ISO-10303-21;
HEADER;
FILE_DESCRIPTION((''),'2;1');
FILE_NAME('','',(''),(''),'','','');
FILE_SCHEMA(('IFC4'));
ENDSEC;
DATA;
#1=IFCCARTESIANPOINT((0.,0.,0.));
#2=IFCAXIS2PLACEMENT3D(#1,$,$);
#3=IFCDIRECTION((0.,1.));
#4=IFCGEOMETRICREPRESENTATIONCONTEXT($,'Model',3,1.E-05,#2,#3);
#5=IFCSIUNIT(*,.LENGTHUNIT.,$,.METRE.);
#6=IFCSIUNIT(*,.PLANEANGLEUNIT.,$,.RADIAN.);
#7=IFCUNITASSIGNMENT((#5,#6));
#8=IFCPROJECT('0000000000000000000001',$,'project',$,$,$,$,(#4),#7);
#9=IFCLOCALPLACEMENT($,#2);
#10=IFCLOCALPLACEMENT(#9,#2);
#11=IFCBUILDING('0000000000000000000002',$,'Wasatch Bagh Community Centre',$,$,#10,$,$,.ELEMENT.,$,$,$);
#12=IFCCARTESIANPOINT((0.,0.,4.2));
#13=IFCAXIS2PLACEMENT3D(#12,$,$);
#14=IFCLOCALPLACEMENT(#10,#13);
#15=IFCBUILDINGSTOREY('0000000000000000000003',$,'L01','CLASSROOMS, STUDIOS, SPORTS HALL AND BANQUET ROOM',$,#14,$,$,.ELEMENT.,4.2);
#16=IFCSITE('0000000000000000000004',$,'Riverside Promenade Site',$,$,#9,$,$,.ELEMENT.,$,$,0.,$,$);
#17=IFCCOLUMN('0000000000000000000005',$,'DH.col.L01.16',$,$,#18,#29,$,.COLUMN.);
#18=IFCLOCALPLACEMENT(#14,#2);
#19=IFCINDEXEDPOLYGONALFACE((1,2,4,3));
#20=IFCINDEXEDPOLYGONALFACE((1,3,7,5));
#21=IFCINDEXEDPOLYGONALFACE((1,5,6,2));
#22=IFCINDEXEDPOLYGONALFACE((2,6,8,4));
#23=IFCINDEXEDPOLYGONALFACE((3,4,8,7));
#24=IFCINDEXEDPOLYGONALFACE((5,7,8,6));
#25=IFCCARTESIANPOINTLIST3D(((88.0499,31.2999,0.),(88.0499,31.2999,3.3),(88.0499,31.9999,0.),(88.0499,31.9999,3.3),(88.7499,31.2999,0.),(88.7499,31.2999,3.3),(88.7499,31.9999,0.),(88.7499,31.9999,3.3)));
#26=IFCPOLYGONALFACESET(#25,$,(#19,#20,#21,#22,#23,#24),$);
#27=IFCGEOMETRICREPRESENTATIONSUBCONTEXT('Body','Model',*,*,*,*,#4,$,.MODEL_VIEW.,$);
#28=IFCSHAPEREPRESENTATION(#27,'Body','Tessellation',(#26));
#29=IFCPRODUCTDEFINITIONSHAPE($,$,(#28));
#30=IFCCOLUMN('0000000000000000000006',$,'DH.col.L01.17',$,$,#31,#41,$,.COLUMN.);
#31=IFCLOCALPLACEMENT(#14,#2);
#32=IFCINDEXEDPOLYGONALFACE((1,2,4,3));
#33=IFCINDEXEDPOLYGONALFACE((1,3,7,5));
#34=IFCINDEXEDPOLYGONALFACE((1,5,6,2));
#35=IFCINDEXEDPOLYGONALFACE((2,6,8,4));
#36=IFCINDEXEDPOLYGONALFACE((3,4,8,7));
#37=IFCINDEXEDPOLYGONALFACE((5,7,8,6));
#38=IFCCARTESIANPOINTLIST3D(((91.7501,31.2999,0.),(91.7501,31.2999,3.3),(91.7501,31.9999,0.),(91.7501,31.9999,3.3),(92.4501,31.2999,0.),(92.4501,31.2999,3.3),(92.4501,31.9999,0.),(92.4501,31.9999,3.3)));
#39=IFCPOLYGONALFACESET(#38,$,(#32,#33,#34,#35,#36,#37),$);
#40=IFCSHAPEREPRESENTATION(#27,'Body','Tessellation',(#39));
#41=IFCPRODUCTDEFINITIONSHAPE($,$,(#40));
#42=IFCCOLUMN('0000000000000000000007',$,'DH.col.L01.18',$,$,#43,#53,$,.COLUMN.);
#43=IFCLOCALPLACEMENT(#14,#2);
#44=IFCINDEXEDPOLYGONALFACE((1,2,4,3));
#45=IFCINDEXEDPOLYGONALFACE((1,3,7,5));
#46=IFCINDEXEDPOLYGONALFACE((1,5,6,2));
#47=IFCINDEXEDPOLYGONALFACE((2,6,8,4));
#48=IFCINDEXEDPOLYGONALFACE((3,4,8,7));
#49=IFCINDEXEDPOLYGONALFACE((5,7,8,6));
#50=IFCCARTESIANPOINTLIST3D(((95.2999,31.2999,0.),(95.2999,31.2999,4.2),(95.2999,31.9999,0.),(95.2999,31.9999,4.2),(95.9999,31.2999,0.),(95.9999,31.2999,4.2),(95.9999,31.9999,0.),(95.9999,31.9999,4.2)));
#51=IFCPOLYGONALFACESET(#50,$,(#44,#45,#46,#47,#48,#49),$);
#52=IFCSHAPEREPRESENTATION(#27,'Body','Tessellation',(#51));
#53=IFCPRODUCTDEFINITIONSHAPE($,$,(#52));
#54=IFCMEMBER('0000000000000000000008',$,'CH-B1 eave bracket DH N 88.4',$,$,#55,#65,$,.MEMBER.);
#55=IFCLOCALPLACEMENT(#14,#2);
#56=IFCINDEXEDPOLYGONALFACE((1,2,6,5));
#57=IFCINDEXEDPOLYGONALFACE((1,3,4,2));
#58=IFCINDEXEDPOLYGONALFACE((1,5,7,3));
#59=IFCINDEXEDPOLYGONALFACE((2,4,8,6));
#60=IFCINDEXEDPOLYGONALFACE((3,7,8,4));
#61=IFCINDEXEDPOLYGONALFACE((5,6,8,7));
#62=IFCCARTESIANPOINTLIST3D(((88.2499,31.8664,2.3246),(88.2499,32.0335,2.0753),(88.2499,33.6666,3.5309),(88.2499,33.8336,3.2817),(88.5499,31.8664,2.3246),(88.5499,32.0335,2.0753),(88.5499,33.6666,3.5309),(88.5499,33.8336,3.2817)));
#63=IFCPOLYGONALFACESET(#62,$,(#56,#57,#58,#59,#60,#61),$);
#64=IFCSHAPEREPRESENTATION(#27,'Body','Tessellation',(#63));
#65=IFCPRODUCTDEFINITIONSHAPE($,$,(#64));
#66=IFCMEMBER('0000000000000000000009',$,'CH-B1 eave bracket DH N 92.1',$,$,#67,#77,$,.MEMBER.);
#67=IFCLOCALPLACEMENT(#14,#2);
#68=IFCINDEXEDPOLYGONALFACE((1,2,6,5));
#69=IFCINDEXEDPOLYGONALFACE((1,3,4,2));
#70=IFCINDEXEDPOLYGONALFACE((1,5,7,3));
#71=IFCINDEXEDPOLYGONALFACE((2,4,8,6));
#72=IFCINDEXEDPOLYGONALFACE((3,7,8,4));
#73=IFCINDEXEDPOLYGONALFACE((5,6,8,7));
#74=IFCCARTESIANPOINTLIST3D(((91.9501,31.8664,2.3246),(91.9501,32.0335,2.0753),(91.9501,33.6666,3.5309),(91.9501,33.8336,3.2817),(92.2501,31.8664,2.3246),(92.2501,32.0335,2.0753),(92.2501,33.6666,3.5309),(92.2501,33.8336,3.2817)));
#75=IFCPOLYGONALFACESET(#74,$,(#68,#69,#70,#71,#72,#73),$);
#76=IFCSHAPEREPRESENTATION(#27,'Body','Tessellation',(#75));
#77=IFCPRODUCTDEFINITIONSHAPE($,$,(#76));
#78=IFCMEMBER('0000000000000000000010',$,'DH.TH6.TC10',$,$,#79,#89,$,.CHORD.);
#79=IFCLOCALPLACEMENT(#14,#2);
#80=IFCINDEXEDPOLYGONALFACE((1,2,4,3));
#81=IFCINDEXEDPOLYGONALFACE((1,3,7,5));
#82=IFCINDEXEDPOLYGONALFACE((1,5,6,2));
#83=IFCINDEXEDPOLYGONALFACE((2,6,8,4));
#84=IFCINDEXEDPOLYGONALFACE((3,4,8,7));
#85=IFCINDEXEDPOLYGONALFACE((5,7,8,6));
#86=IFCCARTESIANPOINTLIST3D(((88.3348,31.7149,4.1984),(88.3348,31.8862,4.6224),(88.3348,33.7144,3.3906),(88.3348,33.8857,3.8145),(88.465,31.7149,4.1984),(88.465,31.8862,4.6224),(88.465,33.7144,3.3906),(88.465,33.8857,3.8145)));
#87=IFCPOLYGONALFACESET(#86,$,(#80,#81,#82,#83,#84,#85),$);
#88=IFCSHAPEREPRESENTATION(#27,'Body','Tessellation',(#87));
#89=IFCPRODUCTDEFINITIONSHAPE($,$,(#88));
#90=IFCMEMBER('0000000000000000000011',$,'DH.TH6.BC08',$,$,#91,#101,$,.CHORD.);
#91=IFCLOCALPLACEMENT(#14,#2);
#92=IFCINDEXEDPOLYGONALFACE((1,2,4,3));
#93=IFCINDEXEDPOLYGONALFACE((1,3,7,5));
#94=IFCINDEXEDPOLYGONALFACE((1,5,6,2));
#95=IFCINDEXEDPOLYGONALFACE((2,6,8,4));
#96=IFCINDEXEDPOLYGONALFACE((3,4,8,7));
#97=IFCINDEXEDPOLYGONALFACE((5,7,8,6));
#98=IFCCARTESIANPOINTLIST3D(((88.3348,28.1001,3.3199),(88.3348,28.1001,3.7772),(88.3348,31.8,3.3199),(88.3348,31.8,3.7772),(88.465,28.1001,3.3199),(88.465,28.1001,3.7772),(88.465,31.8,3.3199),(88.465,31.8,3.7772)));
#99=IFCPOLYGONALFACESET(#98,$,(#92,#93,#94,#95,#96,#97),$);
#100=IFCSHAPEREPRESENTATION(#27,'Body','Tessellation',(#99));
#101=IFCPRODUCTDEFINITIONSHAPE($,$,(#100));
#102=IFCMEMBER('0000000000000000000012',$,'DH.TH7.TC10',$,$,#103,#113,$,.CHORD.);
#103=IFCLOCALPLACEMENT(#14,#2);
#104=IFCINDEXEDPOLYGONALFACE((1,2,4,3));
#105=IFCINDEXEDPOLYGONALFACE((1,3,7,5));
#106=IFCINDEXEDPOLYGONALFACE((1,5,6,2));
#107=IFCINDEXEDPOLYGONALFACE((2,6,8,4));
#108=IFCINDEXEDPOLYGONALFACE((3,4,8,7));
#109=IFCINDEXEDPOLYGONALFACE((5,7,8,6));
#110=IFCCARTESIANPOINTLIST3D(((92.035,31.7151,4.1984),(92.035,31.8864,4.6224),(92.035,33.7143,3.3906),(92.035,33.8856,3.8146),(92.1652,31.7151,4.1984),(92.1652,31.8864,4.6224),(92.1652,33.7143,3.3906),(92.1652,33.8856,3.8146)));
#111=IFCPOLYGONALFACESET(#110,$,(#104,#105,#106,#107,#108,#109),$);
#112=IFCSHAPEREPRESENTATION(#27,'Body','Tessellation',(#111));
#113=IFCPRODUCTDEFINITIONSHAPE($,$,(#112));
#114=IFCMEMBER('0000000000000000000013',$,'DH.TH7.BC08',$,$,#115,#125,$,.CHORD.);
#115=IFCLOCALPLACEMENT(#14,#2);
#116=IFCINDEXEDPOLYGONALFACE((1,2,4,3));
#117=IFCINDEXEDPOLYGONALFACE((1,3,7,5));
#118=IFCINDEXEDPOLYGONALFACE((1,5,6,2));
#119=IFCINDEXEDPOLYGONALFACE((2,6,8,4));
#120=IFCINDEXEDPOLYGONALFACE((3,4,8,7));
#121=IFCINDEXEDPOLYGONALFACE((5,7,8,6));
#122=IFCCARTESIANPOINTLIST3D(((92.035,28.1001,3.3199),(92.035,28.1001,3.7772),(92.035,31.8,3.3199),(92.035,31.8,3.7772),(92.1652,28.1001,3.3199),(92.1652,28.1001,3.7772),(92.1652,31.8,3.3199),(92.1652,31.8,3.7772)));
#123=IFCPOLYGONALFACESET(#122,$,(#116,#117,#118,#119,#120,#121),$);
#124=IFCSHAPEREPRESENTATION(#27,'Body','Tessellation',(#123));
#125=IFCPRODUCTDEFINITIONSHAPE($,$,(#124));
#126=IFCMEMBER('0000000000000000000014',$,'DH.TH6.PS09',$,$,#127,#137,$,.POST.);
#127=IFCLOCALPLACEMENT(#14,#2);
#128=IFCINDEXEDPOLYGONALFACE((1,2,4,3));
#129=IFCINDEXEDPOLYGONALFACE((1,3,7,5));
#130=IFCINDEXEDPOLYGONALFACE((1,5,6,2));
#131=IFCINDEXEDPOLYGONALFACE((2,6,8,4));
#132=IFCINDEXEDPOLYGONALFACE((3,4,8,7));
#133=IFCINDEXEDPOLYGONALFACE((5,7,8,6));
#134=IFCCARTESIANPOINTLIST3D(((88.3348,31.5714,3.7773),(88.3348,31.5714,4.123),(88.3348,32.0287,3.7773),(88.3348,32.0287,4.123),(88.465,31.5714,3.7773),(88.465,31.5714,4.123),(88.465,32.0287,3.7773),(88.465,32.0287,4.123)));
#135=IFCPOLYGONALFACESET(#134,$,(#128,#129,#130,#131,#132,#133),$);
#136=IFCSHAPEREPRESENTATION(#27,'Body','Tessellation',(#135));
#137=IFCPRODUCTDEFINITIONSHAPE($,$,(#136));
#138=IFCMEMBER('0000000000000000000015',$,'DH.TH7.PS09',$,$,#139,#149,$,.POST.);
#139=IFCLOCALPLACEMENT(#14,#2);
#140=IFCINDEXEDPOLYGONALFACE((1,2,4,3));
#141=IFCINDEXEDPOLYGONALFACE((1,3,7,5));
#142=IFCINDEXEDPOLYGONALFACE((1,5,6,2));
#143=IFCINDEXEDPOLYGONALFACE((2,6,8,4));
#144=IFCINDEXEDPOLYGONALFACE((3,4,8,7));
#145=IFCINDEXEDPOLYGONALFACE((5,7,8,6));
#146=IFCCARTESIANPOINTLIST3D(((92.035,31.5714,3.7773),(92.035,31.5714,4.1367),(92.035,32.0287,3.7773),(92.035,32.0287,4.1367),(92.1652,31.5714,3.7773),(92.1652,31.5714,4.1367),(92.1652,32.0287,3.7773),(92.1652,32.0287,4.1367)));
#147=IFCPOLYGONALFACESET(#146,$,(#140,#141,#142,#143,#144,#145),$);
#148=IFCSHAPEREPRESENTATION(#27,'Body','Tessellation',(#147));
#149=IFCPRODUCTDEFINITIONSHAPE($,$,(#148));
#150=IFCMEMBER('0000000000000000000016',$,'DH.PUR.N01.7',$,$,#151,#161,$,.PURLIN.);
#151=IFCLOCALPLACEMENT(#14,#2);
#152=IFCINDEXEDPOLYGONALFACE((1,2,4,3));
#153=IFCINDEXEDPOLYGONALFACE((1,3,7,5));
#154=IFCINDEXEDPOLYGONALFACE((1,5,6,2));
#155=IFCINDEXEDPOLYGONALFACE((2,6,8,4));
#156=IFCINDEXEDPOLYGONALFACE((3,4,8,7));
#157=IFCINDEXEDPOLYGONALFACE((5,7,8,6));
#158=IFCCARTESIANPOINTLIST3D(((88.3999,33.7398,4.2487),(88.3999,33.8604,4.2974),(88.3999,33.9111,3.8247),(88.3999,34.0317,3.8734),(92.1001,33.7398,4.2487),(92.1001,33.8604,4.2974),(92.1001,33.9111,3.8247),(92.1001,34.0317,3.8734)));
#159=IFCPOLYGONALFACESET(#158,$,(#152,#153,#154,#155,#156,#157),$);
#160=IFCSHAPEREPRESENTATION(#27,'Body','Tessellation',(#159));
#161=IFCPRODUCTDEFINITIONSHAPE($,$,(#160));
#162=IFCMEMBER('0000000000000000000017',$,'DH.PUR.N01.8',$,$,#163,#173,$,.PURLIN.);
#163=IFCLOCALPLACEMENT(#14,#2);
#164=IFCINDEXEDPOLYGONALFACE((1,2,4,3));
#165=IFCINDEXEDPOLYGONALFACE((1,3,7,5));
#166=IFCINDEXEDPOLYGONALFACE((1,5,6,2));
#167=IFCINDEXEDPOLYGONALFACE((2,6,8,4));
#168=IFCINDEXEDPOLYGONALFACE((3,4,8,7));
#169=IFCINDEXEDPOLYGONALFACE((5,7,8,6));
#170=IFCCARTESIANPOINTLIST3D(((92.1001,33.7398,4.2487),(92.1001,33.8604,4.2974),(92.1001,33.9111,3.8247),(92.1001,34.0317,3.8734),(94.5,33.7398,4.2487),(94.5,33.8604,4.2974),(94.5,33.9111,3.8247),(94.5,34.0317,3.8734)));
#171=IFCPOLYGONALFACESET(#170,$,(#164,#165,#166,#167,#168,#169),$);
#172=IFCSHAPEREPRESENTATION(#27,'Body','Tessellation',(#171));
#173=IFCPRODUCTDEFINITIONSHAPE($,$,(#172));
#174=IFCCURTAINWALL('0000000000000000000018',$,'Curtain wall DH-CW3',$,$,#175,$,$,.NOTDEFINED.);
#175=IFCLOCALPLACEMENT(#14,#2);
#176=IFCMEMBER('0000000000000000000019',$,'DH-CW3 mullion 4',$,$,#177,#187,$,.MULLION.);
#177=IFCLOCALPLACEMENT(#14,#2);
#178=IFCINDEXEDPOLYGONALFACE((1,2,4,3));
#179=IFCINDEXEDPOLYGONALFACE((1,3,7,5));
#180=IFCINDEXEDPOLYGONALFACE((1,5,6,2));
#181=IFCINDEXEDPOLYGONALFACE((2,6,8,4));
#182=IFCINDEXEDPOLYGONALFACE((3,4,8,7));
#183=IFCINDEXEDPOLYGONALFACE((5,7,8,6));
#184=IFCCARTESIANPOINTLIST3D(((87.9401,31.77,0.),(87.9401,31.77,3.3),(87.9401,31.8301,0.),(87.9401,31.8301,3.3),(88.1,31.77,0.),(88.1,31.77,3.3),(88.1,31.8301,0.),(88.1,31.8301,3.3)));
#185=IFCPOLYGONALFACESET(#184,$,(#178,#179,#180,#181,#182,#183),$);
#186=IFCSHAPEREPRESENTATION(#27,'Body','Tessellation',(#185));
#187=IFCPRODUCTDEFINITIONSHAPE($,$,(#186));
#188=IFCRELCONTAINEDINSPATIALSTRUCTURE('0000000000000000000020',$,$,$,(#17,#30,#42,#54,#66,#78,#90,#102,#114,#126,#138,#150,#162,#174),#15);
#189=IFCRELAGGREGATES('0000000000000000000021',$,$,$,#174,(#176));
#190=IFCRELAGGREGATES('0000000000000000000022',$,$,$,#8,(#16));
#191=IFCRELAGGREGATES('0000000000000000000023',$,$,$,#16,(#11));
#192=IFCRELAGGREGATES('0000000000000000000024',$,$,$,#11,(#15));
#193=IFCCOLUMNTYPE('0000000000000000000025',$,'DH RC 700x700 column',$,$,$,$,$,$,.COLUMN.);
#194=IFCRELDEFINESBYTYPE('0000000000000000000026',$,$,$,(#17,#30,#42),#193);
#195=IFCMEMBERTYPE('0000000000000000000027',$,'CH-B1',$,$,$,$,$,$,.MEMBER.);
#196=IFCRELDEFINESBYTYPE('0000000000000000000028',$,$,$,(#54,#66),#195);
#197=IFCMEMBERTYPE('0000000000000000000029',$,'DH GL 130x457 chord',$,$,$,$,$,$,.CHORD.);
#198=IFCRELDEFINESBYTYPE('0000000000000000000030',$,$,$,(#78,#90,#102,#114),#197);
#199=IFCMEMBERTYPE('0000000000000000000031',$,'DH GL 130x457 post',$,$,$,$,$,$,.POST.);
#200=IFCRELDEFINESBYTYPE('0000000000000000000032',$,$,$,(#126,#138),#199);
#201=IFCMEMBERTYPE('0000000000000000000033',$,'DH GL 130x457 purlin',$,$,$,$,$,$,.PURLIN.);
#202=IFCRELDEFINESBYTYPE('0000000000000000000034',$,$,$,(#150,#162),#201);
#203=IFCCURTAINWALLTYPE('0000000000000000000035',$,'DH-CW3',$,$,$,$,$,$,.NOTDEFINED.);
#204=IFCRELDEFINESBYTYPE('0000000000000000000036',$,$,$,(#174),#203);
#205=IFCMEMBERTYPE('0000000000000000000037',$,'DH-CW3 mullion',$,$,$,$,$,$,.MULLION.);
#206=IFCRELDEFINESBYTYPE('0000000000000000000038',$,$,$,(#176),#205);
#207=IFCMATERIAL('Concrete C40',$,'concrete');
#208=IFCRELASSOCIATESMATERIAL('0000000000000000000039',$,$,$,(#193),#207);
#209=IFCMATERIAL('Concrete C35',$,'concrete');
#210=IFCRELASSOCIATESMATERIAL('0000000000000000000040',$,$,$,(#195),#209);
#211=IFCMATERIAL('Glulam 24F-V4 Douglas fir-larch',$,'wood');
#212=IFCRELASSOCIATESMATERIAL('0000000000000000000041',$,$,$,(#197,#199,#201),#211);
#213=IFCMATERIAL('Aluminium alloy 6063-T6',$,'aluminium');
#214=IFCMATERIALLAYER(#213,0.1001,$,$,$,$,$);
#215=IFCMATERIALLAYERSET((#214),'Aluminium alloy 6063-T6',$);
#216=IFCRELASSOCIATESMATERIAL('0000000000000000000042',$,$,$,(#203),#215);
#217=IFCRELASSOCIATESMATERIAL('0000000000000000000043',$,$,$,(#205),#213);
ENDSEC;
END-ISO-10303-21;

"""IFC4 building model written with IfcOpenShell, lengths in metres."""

from ifc_helpers import new_model, si_unit, direction, frame, origin, origin_2d, place, context, subcontext, project, spatial, rectangle, extrude, material, layer, layer_set, material_profile, profile_set, type_object, element, aggregate, save


model = new_model("IFC4")

# Units and contexts
model_context = context("Model", 3, precision=1e-05, world=origin(), true_north=direction((0.0, 1.0)))
body_context = subcontext(model_context, "Body", "Model", "MODEL_VIEW")
ifc_project = project(units=[si_unit("LENGTHUNIT", "METRE"), si_unit("PLANEANGLEUNIT", "RADIAN")], contexts=[model_context])

# Site, building, storey
site_placement = place(None, origin())
site = spatial("IfcSite", under=ifc_project, at=site_placement, Name="Riverside Promenade Site", CompositionType="ELEMENT", RefElevation=0.0)
building_placement = place(site_placement, origin())
building = spatial("IfcBuilding", under=site, at=building_placement, Name="Wasatch Bagh Community Centre", CompositionType="ELEMENT")
storey_placement = place(building_placement, frame((0.0, 0.0, 4.2)))
storey = spatial("IfcBuildingStorey", under=building, at=storey_placement, Name="L01", Description="CLASSROOMS, STUDIOS, SPORTS HALL AND BANQUET ROOM", CompositionType="ELEMENT", Elevation=4.2)

# Columns
ifc_material_1 = material(Name="Concrete C40", Category="concrete")
ifc_material_profile_1 = material_profile(ifc_material_1, rectangle(XDim=0.7, YDim=0.7, at=origin_2d()), Name="RC 700x700")
ifc_profile_set_1 = profile_set([ifc_material_profile_1], Name="Concrete C40")
column_type = type_object("IfcColumnType", Name="DH RC 700x700 column", PredefinedType="COLUMN", material=ifc_profile_set_1)
for number, where, z_axis, x_axis, name in (
    (1, (88.3999, 31.6499, 0.0), (0.0, 0.0, 1.0), (1.0, 0.0, 0.0), "DH.col.L01.16"),
    (2, (92.1001, 31.6499, 0.0), (0.0, 0.0, 1.0), (1.0, 0.0, 0.0), "DH.col.L01.17"),
):
    element("IfcColumn", number, at=place(storey_placement, frame(where, z_axis=z_axis, x_axis=x_axis)), inside=storey, type_object=column_type, Name=name, PredefinedType="COLUMN", context=body_context, shape_type="SweptSolid", body=[
        extrude(rectangle(XDim=0.7, YDim=0.7, at=origin_2d()), origin(), (0.0, 0.0, 1.0), 3.3),
    ])
column_placement = place(storey_placement, frame((95.6499, 31.6499, 0.0), z_axis=(0.0, 0.0, 1.0), x_axis=(1.0, 0.0, 0.0)))
element("IfcColumn", 3, at=column_placement, inside=storey, type_object=column_type, Name="DH.col.L01.18", PredefinedType="COLUMN", context=body_context, shape_type="SweptSolid", body=[
    extrude(rectangle(XDim=0.7, YDim=0.7, at=origin_2d()), origin(), (0.0, 0.0, 1.0), 4.2),
])

# Members
ifc_material_2 = material(Name="Concrete C35", Category="concrete")
ifc_material_profile_2 = material_profile(ifc_material_2, rectangle(XDim=0.3, YDim=0.3, at=origin_2d()), Name="RC 300x300")
ifc_profile_set_2 = profile_set([ifc_material_profile_2], Name="Concrete C35")
member_type_1 = type_object("IfcMemberType", Name="CH-B1", PredefinedType="MEMBER", material=ifc_profile_set_2)
for number, where, z_axis, x_axis, name in (
    (4, (88.3999, 31.95, 2.2), (0.0, 0.830713, 0.556701), (-1.0, 0.0, 0.0), "CH-B1 eave bracket DH N 88.4"),
    (5, (92.1001, 31.95, 2.2), (0.0, 0.830713, 0.556701), (-1.0, 0.0, 0.0), "CH-B1 eave bracket DH N 92.1"),
):
    element("IfcMember", number, at=place(storey_placement, frame(where, z_axis=z_axis, x_axis=x_axis)), inside=storey, type_object=member_type_1, Name=name, PredefinedType="MEMBER", context=body_context, shape_type="SweptSolid", body=[
        extrude(rectangle(XDim=0.3, YDim=0.3, at=origin_2d()), origin(), (0.0, 0.0, 1.0), 2.167),
    ])
ifc_material_3 = material(Name="Glulam 24F-V4 Douglas fir-larch", Category="wood")
ifc_material_profile_3 = material_profile(ifc_material_3, rectangle(XDim=0.1301, YDim=0.4573, at=origin_2d()), Name="GL 130x457")
ifc_profile_set_3 = profile_set([ifc_material_profile_3], Name="Glulam 24F-V4 Douglas fir-larch")
member_type_2 = type_object("IfcMemberType", Name="DH GL 130x457 chord", PredefinedType="CHORD", material=ifc_profile_set_3)
member_1_placement = place(storey_placement, frame((88.3999, 31.8005, 4.4104), z_axis=(0.0, 0.927183, -0.374609), x_axis=(-1.0, 0.0, 0.0)))
element("IfcMember", 6, at=member_1_placement, inside=storey, type_object=member_type_2, Name="DH.TH6.TC10", PredefinedType="CHORD", context=body_context, shape_type="SweptSolid", body=[
    extrude(rectangle(XDim=0.1301, YDim=0.4573, at=origin_2d()), origin(), (0.0, 0.0, 1.0), 2.1565),
])
member_2_placement = place(storey_placement, frame((88.3999, 28.1001, 3.5486), z_axis=(0.0, 1.0, 0.0), x_axis=(-1.0, 0.0, 0.0)))
element("IfcMember", 7, at=member_2_placement, inside=storey, type_object=member_type_2, Name="DH.TH6.BC08", PredefinedType="CHORD", context=body_context, shape_type="SweptSolid", body=[
    extrude(rectangle(XDim=0.1301, YDim=0.4573, at=origin_2d()), origin(), (0.0, 0.0, 1.0), 3.7),
])
member_3_placement = place(storey_placement, frame((92.1001, 31.8008, 4.4104), z_axis=(0.0, 0.927167, -0.374648), x_axis=(-1.0, 0.0, 0.0)))
element("IfcMember", 8, at=member_3_placement, inside=storey, type_object=member_type_2, Name="DH.TH7.TC10", PredefinedType="CHORD", context=body_context, shape_type="SweptSolid", body=[
    extrude(rectangle(XDim=0.1301, YDim=0.4573, at=origin_2d()), origin(), (0.0, 0.0, 1.0), 2.1562),
])
member_4_placement = place(storey_placement, frame((92.1001, 28.1001, 3.5486), z_axis=(0.0, 1.0, 0.0), x_axis=(-1.0, 0.0, 0.0)))
element("IfcMember", 9, at=member_4_placement, inside=storey, type_object=member_type_2, Name="DH.TH7.BC08", PredefinedType="CHORD", context=body_context, shape_type="SweptSolid", body=[
    extrude(rectangle(XDim=0.1301, YDim=0.4573, at=origin_2d()), origin(), (0.0, 0.0, 1.0), 3.7),
])
ifc_material_profile_4 = material_profile(ifc_material_3, rectangle(XDim=0.1301, YDim=0.4573, at=origin_2d()), Name="GL 130x457")
ifc_profile_set_4 = profile_set([ifc_material_profile_4], Name="Glulam 24F-V4 Douglas fir-larch")
member_type_3 = type_object("IfcMemberType", Name="DH GL 130x457 post", PredefinedType="POST", material=ifc_profile_set_4)
member_5_placement = place(storey_placement, frame((88.3999, 31.8, 3.7773), z_axis=(0.0, 0.0, 1.0), x_axis=(1.0, 0.0, 0.0)))
element("IfcMember", 10, at=member_5_placement, inside=storey, type_object=member_type_3, Name="DH.TH6.PS09", PredefinedType="POST", context=body_context, shape_type="SweptSolid", body=[
    extrude(rectangle(XDim=0.1301, YDim=0.4573, at=origin_2d()), origin(), (0.0, 0.0, 1.0), 0.3457),
])
member_6_placement = place(storey_placement, frame((92.1001, 31.8, 3.7773), z_axis=(0.0, 0.0, 1.0), x_axis=(1.0, 0.0, 0.0)))
element("IfcMember", 11, at=member_6_placement, inside=storey, type_object=member_type_3, Name="DH.TH7.PS09", PredefinedType="POST", context=body_context, shape_type="SweptSolid", body=[
    extrude(rectangle(XDim=0.1301, YDim=0.4573, at=origin_2d()), origin(), (0.0, 0.0, 1.0), 0.3594),
])
ifc_material_profile_5 = material_profile(ifc_material_3, rectangle(XDim=0.1301, YDim=0.4573, at=origin_2d()), Name="GL 130x457")
ifc_profile_set_5 = profile_set([ifc_material_profile_5], Name="Glulam 24F-V4 Douglas fir-larch")
member_type_4 = type_object("IfcMemberType", Name="DH GL 130x457 purlin", PredefinedType="PURLIN", material=ifc_profile_set_5)
member_7_placement = place(storey_placement, frame((88.3999, 33.8857, 4.061), z_axis=(1.0, 0.0, 0.0), x_axis=(0.0, 0.927184, 0.374607)))
element("IfcMember", 12, at=member_7_placement, inside=storey, type_object=member_type_4, Name="DH.PUR.N01.7", PredefinedType="PURLIN", context=body_context, shape_type="SweptSolid", body=[
    extrude(rectangle(XDim=0.1301, YDim=0.4573, at=origin_2d()), origin(), (0.0, 0.0, 1.0), 3.7002),
])
member_8_placement = place(storey_placement, frame((92.1001, 33.8857, 4.061), z_axis=(1.0, 0.0, 0.0), x_axis=(0.0, 0.927184, 0.374607)))
element("IfcMember", 13, at=member_8_placement, inside=storey, type_object=member_type_4, Name="DH.PUR.N01.8", PredefinedType="PURLIN", context=body_context, shape_type="SweptSolid", body=[
    extrude(rectangle(XDim=0.1301, YDim=0.4573, at=origin_2d()), origin(), (0.0, 0.0, 1.0), 2.3999),
])

# Curtain wall, member
ifc_material_4 = material(Name="Aluminium alloy 6063-T6", Category="aluminium")
ifc_layer_1 = layer(ifc_material_4, 0.1001)
ifc_layer_set_1 = layer_set([ifc_layer_1], Name="Aluminium alloy 6063-T6")
curtain_wall_type = type_object("IfcCurtainWallType", Name="DH-CW3", PredefinedType="NOTDEFINED", material=ifc_layer_set_1)
curtain_wall_placement = place(storey_placement, origin())
curtain_wall = element("IfcCurtainWall", 14, at=curtain_wall_placement, inside=storey, type_object=curtain_wall_type, Name="Curtain wall DH-CW3", PredefinedType="NOTDEFINED")
ifc_material_profile_6 = material_profile(ifc_material_4, rectangle(XDim=0.0601, YDim=0.1599, at=origin_2d()), Name="AL 60x160")
ifc_profile_set_6 = profile_set([ifc_material_profile_6], Name="Aluminium alloy 6063-T6")
member_type_5 = type_object("IfcMemberType", Name="DH-CW3 mullion", PredefinedType="MULLION", material=ifc_profile_set_6)
member_9_placement = place(storey_placement, frame((88.02, 31.8, 0.0), z_axis=(0.0, 0.0, 1.0), x_axis=(0.0, 1.0, 0.0)))
member_9 = element("IfcMember", 15, at=member_9_placement, type_object=member_type_5, Name="DH-CW3 mullion 4", PredefinedType="MULLION", context=body_context, shape_type="SweptSolid", body=[
    extrude(rectangle(XDim=0.0601, YDim=0.1599, at=origin_2d()), origin(), (0.0, 0.0, 1.0), 3.3),
])
aggregate(curtain_wall, [member_9])

save(model, "model.ifc")
